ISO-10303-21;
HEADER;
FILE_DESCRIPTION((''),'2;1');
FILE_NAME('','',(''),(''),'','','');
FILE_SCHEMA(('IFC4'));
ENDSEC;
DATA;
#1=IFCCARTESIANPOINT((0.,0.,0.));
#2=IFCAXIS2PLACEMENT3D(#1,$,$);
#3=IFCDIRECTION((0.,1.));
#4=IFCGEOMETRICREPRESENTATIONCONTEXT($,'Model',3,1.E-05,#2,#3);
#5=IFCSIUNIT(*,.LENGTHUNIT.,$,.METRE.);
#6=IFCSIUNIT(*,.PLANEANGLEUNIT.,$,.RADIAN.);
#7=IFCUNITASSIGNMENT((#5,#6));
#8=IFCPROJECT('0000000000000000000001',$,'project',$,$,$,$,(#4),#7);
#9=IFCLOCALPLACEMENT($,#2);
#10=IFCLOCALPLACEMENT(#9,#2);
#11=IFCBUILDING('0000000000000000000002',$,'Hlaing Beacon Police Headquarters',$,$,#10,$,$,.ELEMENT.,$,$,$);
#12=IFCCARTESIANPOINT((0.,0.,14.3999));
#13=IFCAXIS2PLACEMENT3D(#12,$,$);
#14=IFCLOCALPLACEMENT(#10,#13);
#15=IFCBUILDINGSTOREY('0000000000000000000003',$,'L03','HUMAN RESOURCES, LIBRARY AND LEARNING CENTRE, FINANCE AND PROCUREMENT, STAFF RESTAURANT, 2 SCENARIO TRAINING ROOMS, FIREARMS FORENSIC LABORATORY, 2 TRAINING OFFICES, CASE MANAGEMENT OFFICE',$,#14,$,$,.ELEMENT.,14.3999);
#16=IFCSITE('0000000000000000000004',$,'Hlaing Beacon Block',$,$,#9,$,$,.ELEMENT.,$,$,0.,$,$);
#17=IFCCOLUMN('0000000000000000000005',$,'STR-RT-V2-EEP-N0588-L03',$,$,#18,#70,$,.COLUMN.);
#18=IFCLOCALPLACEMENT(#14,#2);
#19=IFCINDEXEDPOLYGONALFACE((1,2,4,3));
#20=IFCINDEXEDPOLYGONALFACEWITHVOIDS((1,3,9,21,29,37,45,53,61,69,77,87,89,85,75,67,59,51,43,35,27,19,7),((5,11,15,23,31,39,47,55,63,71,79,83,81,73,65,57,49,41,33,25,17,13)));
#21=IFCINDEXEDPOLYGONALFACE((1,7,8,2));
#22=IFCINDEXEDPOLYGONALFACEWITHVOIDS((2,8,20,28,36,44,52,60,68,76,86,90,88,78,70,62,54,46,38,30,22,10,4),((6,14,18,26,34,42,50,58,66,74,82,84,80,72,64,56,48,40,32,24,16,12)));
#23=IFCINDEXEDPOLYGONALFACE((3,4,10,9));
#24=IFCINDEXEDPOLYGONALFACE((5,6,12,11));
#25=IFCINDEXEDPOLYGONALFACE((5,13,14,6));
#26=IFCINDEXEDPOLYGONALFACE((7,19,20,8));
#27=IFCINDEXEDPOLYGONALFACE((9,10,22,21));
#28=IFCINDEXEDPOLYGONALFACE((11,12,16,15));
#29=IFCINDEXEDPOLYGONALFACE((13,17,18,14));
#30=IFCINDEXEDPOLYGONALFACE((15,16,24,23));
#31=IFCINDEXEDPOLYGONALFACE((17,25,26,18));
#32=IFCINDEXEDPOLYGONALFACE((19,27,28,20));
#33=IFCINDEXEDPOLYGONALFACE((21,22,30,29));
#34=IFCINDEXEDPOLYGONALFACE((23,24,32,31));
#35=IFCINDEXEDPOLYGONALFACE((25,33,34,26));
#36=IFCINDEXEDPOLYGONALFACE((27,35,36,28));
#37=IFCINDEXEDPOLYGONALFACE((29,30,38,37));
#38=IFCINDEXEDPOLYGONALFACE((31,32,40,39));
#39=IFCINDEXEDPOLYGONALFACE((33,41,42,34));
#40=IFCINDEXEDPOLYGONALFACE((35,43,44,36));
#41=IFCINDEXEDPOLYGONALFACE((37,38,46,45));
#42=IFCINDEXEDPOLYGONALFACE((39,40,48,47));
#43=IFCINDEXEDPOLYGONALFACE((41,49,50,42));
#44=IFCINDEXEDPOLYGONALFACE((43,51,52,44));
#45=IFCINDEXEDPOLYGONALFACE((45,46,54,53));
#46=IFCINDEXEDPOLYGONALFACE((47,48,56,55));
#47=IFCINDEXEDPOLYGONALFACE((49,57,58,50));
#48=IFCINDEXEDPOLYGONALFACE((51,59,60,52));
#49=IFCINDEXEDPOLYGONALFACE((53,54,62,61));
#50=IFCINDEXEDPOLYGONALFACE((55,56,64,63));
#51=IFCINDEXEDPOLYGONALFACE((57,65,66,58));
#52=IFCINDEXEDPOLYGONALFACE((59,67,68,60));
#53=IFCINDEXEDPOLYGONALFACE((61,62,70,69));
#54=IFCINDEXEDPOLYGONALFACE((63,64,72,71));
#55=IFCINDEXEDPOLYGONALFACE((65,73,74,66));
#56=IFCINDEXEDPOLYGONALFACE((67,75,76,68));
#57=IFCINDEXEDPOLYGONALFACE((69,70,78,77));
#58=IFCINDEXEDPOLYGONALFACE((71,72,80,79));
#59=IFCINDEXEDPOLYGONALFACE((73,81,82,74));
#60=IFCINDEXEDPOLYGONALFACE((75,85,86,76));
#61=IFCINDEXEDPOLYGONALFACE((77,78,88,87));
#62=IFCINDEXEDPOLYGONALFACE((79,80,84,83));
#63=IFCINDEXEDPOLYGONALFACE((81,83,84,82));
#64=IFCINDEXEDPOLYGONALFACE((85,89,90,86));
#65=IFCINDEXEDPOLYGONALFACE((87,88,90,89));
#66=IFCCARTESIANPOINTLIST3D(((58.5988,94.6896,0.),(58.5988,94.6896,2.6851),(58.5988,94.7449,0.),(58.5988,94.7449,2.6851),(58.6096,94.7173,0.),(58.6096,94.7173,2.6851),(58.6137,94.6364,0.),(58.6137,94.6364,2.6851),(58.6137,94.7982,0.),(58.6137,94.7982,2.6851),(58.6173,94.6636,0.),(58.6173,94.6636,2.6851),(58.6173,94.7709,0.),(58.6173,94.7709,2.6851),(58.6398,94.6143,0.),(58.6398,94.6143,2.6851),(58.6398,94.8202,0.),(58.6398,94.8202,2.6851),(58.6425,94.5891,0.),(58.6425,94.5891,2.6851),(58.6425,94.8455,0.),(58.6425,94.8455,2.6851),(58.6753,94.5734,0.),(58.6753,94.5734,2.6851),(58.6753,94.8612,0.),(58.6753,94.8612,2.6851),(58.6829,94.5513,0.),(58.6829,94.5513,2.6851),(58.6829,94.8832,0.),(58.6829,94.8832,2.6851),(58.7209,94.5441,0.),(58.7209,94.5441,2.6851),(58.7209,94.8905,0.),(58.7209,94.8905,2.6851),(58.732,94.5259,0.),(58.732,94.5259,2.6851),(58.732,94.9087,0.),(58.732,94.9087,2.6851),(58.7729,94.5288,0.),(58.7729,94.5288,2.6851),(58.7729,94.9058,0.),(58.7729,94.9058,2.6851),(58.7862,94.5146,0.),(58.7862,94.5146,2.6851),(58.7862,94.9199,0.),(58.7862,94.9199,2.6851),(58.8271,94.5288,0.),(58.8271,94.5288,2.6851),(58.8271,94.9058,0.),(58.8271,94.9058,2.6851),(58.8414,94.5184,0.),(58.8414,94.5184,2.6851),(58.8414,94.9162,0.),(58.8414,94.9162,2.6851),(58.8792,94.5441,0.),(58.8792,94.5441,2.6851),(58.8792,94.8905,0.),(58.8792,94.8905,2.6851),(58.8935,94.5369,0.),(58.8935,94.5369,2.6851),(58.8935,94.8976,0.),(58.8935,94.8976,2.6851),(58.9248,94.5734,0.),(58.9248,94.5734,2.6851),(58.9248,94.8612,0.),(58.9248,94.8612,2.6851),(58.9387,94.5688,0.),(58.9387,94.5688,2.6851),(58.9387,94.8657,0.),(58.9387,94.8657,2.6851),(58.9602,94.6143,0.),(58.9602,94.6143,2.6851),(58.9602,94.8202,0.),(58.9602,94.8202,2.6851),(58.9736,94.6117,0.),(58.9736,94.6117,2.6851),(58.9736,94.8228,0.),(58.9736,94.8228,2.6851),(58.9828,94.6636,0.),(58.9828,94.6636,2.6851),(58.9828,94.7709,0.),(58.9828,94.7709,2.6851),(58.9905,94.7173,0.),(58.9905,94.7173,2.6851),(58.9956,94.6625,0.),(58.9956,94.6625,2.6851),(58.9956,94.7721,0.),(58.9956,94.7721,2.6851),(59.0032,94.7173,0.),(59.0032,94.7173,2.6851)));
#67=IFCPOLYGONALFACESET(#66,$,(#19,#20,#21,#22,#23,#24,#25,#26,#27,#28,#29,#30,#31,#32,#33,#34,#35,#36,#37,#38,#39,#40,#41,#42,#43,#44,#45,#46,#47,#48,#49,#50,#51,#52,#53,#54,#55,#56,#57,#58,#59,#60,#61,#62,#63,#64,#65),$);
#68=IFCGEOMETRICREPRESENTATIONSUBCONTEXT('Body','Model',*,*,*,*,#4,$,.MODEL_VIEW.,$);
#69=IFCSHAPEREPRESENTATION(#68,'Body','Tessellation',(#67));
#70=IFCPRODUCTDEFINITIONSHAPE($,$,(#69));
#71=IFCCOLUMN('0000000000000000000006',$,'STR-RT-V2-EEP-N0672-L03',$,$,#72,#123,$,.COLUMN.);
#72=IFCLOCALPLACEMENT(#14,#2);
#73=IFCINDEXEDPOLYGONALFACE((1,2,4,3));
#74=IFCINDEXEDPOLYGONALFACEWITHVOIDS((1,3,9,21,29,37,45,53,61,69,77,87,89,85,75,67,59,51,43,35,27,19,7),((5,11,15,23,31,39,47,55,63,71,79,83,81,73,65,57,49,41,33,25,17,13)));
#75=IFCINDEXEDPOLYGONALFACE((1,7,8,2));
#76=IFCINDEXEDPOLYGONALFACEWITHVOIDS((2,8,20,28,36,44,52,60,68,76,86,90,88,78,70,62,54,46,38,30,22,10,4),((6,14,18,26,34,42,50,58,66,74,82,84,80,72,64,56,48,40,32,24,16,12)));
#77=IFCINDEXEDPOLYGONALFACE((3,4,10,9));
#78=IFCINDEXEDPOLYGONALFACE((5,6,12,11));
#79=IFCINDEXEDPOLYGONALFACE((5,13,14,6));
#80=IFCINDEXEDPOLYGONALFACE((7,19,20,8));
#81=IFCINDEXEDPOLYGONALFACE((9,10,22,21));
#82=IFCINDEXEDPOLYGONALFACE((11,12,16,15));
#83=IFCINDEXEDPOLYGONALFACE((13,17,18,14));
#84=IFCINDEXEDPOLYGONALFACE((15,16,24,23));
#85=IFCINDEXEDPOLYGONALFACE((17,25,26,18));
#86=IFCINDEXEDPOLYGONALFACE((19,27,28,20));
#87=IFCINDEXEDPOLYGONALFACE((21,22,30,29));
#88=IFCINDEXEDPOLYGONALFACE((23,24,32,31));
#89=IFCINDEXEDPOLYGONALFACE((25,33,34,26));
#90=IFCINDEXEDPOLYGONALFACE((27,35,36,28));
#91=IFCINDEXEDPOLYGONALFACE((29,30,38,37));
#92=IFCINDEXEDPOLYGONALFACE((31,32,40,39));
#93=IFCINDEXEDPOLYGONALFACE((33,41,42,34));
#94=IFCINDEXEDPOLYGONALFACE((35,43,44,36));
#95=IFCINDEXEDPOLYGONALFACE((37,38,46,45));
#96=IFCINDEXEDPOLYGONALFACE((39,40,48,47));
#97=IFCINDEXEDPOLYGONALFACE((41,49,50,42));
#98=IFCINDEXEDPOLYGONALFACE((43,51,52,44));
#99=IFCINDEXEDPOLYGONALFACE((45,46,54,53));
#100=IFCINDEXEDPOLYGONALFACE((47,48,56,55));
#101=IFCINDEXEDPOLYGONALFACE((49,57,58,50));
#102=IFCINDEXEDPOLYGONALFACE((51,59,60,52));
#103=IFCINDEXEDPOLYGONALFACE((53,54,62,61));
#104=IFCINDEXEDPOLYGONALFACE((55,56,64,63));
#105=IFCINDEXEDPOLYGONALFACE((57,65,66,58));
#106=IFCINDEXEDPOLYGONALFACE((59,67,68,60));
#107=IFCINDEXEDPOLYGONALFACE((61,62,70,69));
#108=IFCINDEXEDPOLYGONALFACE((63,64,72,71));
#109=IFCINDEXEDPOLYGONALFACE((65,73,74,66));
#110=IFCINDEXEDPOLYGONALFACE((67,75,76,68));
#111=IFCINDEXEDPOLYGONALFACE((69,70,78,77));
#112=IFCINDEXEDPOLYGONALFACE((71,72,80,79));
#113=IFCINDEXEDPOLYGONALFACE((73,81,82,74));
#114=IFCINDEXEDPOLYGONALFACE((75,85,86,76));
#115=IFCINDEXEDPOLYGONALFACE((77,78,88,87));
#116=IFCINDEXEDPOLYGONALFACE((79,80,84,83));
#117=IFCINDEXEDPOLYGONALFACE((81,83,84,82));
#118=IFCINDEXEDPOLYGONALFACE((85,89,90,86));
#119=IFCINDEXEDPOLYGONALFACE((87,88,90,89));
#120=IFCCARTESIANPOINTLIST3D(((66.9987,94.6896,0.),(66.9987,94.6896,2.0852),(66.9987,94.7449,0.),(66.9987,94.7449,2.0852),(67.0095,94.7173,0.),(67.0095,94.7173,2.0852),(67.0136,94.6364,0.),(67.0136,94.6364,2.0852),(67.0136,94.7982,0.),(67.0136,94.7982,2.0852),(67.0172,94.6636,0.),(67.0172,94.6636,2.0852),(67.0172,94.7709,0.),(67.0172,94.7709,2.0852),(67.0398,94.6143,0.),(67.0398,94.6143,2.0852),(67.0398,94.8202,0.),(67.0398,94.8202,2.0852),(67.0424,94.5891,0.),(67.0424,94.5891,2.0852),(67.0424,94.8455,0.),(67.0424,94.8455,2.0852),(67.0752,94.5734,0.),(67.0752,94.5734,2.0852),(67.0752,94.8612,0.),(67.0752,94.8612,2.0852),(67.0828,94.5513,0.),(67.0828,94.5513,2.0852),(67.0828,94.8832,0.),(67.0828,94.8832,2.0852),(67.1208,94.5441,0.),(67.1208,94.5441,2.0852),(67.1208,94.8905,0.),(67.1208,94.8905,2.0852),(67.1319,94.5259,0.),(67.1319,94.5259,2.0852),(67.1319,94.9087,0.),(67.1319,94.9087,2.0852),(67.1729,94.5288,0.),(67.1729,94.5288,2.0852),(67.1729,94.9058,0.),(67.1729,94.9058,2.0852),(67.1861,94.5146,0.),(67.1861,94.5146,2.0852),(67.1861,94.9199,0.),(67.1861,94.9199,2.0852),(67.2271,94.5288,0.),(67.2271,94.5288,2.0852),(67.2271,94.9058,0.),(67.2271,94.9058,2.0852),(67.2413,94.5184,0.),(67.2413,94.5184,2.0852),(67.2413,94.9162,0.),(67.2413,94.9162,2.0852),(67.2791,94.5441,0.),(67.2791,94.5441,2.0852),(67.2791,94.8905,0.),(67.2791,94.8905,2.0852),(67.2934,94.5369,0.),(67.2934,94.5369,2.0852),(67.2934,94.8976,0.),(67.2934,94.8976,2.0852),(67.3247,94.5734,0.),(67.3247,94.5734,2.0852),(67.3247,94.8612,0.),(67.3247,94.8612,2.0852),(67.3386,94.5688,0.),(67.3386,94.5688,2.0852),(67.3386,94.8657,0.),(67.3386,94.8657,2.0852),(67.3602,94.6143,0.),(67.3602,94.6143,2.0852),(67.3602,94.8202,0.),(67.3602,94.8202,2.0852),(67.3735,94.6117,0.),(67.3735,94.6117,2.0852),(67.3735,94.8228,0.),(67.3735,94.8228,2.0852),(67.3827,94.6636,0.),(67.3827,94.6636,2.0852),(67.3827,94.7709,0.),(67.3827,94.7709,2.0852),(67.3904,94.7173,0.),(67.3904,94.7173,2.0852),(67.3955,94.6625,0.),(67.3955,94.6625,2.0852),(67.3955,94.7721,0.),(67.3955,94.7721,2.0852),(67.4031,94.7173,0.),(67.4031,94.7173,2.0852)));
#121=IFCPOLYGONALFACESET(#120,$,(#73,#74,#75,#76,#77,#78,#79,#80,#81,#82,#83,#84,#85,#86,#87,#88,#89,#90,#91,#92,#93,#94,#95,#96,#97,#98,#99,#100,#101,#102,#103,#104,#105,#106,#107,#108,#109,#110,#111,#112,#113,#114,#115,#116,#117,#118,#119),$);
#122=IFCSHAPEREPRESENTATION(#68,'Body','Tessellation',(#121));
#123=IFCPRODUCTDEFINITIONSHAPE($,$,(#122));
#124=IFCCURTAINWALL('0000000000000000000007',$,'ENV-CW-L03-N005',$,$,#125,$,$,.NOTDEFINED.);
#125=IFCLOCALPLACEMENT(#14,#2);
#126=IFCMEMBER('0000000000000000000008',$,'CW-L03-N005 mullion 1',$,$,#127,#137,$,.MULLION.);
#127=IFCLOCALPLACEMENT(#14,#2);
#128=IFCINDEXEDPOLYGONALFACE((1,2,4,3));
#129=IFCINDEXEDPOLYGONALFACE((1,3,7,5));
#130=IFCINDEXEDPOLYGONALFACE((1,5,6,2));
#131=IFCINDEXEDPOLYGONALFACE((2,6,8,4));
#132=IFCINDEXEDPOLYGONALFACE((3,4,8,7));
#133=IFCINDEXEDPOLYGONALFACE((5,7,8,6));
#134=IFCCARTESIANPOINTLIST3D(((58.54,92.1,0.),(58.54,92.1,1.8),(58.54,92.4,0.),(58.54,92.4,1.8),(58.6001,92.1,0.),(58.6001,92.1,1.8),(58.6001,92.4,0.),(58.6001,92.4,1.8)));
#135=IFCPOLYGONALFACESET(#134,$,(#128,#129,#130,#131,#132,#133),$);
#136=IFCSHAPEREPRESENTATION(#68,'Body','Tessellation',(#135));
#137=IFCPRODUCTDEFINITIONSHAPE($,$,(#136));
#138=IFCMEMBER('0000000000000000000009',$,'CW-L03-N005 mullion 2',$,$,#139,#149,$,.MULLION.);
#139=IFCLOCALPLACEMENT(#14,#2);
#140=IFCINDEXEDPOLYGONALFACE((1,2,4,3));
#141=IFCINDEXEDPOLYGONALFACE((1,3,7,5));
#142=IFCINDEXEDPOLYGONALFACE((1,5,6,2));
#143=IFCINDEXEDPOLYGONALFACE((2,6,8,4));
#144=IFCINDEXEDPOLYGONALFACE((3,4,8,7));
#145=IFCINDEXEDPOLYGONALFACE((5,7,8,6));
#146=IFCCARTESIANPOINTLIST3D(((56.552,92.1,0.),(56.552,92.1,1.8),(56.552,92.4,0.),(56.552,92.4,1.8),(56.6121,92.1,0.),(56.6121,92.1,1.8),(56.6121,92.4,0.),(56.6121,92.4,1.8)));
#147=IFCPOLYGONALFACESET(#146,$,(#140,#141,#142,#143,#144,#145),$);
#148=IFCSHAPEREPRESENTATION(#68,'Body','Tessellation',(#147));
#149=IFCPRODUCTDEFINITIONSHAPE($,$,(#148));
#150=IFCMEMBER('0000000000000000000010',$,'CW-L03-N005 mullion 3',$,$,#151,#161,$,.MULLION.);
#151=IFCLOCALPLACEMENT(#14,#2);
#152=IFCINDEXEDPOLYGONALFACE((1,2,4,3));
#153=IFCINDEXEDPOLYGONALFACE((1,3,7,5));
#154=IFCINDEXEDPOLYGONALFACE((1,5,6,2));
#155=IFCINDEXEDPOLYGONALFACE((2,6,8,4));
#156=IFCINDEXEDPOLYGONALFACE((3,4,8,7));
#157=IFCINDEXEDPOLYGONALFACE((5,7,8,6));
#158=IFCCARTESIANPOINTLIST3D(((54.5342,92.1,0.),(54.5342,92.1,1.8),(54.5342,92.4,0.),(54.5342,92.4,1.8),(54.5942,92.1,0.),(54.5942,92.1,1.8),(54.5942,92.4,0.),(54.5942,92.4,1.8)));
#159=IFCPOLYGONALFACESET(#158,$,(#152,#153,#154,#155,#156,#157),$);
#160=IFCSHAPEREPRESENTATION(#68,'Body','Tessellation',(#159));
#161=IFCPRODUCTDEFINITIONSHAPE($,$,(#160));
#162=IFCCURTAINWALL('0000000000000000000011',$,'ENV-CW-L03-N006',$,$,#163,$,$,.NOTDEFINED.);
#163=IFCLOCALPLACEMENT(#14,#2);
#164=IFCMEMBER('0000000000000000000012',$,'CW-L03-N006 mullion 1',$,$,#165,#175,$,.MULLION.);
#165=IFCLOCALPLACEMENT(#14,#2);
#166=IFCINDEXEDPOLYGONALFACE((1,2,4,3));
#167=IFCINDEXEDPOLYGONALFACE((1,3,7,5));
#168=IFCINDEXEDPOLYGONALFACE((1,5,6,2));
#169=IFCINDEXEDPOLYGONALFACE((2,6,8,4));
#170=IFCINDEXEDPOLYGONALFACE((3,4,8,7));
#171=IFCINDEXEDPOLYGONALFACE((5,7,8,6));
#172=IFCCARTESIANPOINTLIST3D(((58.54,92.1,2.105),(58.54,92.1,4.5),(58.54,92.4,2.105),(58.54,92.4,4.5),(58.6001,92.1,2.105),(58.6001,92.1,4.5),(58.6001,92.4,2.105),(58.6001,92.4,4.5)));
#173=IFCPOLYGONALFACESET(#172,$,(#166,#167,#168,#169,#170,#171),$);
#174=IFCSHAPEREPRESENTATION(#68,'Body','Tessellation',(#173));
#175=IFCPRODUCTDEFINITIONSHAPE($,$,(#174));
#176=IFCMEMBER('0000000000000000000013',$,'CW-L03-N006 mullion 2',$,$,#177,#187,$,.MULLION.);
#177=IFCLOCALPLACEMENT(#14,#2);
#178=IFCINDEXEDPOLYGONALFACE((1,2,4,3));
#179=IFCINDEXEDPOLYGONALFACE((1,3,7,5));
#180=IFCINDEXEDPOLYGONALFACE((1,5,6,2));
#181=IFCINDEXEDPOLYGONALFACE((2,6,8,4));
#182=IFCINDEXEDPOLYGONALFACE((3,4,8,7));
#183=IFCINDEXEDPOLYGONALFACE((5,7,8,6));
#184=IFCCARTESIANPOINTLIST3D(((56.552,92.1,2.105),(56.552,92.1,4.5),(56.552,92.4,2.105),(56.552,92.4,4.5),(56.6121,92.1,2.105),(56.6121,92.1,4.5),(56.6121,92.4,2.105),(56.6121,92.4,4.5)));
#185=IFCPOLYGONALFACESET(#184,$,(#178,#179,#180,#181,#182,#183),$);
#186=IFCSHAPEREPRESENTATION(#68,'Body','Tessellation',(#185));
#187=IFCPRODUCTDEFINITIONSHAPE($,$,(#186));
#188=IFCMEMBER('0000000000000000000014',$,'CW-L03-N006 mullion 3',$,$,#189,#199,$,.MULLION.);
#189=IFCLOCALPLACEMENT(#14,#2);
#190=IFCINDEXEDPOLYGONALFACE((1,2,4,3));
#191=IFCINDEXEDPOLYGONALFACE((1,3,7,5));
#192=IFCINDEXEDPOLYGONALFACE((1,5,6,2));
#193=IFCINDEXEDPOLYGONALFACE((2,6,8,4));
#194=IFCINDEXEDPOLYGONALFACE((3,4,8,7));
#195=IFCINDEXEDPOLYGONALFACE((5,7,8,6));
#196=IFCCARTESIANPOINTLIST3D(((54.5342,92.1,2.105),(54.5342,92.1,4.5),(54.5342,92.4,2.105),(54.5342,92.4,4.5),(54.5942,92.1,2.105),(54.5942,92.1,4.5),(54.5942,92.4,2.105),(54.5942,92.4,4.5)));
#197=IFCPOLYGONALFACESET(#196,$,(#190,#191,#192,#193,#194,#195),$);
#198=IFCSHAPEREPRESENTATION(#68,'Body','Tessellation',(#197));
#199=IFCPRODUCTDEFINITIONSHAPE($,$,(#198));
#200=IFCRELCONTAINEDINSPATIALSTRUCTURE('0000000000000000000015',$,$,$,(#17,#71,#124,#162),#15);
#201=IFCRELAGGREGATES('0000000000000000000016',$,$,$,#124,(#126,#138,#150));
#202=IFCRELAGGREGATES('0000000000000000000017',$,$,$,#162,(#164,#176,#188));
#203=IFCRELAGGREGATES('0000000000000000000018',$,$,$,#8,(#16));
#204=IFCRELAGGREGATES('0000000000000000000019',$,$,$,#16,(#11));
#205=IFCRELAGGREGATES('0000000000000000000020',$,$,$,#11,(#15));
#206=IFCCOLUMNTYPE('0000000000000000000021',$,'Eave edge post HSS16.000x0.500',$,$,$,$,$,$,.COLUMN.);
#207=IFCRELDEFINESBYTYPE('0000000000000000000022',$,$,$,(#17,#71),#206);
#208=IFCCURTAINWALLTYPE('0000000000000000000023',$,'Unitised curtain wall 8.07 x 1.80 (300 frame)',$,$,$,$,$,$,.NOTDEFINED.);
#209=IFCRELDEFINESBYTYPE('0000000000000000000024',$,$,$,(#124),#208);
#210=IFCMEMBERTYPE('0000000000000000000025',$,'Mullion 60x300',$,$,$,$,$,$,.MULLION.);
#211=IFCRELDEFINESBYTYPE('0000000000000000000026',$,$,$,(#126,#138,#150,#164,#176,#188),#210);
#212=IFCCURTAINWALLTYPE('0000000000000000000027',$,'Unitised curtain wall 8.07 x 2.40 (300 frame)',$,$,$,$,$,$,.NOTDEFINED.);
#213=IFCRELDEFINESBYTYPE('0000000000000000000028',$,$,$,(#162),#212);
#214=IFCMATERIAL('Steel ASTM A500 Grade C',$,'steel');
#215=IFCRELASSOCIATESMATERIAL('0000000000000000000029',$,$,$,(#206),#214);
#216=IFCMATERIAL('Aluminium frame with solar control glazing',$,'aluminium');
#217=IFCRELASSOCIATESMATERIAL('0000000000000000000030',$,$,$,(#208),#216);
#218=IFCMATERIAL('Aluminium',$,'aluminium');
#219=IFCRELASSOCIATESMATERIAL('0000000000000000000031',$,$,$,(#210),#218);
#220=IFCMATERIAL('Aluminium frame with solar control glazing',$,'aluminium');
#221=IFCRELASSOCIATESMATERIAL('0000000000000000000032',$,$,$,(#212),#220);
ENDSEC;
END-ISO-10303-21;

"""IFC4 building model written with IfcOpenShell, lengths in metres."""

from ifc_helpers import new_model, si_unit, direction, frame, origin, origin_2d, place, context, subcontext, project, spatial, rectangle, hollow_circle, extrude, material, material_profile, profile_set, type_object, element, aggregate, save


model = new_model("IFC4")

# Units and contexts
model_context = context("Model", 3, precision=1e-05, world=origin(), true_north=direction((0.0, 1.0)))
body_context = subcontext(model_context, "Body", "Model", "MODEL_VIEW")
ifc_project = project(units=[si_unit("LENGTHUNIT", "METRE"), si_unit("PLANEANGLEUNIT", "RADIAN")], contexts=[model_context])

# Site, building, storey
site_placement = place(None, origin())
site = spatial("IfcSite", under=ifc_project, at=site_placement, Name="Hlaing Beacon Block", CompositionType="ELEMENT", RefElevation=0.0)
building_placement = place(site_placement, origin())
building = spatial("IfcBuilding", under=site, at=building_placement, Name="Hlaing Beacon Police Headquarters", CompositionType="ELEMENT")
storey_placement = place(building_placement, frame((0.0, 0.0, 14.3999)))
storey = spatial("IfcBuildingStorey", under=building, at=storey_placement, Name="L03", Description="HUMAN RESOURCES, LIBRARY AND LEARNING CENTRE, FINANCE AND PROCUREMENT, STAFF RESTAURANT, 2 SCENARIO TRAINING ROOMS, FIREARMS FORENSIC LABORATORY, 2 TRAINING OFFICES, CASE MANAGEMENT OFFICE", CompositionType="ELEMENT", Elevation=14.3999)

# Columns
ifc_material_1 = material(Name="Steel ASTM A500 Grade C", Category="steel")
ifc_material_profile_1 = material_profile(ifc_material_1, hollow_circle(Radius=0.2031, WallThickness=0.0127, at=origin_2d()), Name="HSS16.000x0.500")
ifc_profile_set_1 = profile_set([ifc_material_profile_1], Name="Steel ASTM A500 Grade C")
column_type = type_object("IfcColumnType", Name="Eave edge post HSS16.000x0.500", PredefinedType="COLUMN", material=ifc_profile_set_1)
column_1_placement = place(storey_placement, frame((58.8, 94.7173, 0.0), z_axis=(0.0, 0.0, 1.0), x_axis=(1.0, 0.0, 0.0)))
element("IfcColumn", 1, at=column_1_placement, inside=storey, type_object=column_type, Name="STR-RT-V2-EEP-N0588-L03", PredefinedType="COLUMN", context=body_context, shape_type="SweptSolid", body=[
    extrude(hollow_circle(Radius=0.2031, WallThickness=0.0127, at=origin_2d()), origin(), (0.0, 0.0, 1.0), 2.6851),
])
column_2_placement = place(storey_placement, frame((67.2, 94.7173, 0.0), z_axis=(0.0, 0.0, 1.0), x_axis=(1.0, 0.0, 0.0)))
element("IfcColumn", 2, at=column_2_placement, inside=storey, type_object=column_type, Name="STR-RT-V2-EEP-N0672-L03", PredefinedType="COLUMN", context=body_context, shape_type="SweptSolid", body=[
    extrude(hollow_circle(Radius=0.2031, WallThickness=0.0127, at=origin_2d()), origin(), (0.0, 0.0, 1.0), 2.0852),
])

# Curtain walls, members
ifc_material_2 = material(Name="Aluminium frame with solar control glazing", Category="aluminium")
curtain_wall_type_1 = type_object("IfcCurtainWallType", Name="Unitised curtain wall 8.07 x 1.80 (300 frame)", PredefinedType="NOTDEFINED", material=ifc_material_2)
curtain_wall_1_placement = place(storey_placement, origin())
curtain_wall_1 = element("IfcCurtainWall", 3, at=curtain_wall_1_placement, inside=storey, type_object=curtain_wall_type_1, Name="ENV-CW-L03-N005", PredefinedType="NOTDEFINED")
ifc_material_3 = material(Name="Aluminium", Category="aluminium")
ifc_material_profile_2 = material_profile(ifc_material_3, rectangle(XDim=0.3, YDim=0.0601, at=origin_2d()), Name="Mullion 60x300")
ifc_profile_set_2 = profile_set([ifc_material_profile_2], Name="Aluminium")
member_type_1 = type_object("IfcMemberType", Name="Mullion 60x300", PredefinedType="MULLION", material=ifc_profile_set_2)
member_1_placement = place(storey_placement, frame((58.5701, 92.25, 0.0), z_axis=(0.0, 0.0, 1.0), x_axis=(0.0, -1.0, 0.0)))
member_1 = element("IfcMember", 4, at=member_1_placement, type_object=member_type_1, Name="CW-L03-N005 mullion 1", PredefinedType="MULLION", context=body_context, shape_type="SweptSolid", body=[
    extrude(rectangle(XDim=0.3, YDim=0.0601, at=origin_2d()), origin(), (0.0, 0.0, 1.0), 1.8),
])
member_2_placement = place(storey_placement, frame((56.582, 92.25, 0.0), z_axis=(0.0, 0.0, 1.0), x_axis=(0.0, -1.0, 0.0)))
member_2 = element("IfcMember", 5, at=member_2_placement, type_object=member_type_1, Name="CW-L03-N005 mullion 2", PredefinedType="MULLION", context=body_context, shape_type="SweptSolid", body=[
    extrude(rectangle(XDim=0.3, YDim=0.0601, at=origin_2d()), origin(), (0.0, 0.0, 1.0), 1.8),
])
member_3_placement = place(storey_placement, frame((54.5642, 92.25, 0.0), z_axis=(0.0, 0.0, 1.0), x_axis=(0.0, -1.0, 0.0)))
member_3 = element("IfcMember", 6, at=member_3_placement, type_object=member_type_1, Name="CW-L03-N005 mullion 3", PredefinedType="MULLION", context=body_context, shape_type="SweptSolid", body=[
    extrude(rectangle(XDim=0.3, YDim=0.0601, at=origin_2d()), origin(), (0.0, 0.0, 1.0), 1.8),
])
ifc_material_4 = material(Name="Aluminium frame with solar control glazing", Category="aluminium")
curtain_wall_type_2 = type_object("IfcCurtainWallType", Name="Unitised curtain wall 8.07 x 2.40 (300 frame)", PredefinedType="NOTDEFINED", material=ifc_material_4)
curtain_wall_2_placement = place(storey_placement, origin())
curtain_wall_2 = element("IfcCurtainWall", 7, at=curtain_wall_2_placement, inside=storey, type_object=curtain_wall_type_2, Name="ENV-CW-L03-N006", PredefinedType="NOTDEFINED")
member_4_placement = place(storey_placement, frame((58.5701, 92.25, 2.105), z_axis=(0.0, 0.0, 1.0), x_axis=(0.0, -1.0, 0.0)))
member_4 = element("IfcMember", 8, at=member_4_placement, type_object=member_type_1, Name="CW-L03-N006 mullion 1", PredefinedType="MULLION", context=body_context, shape_type="SweptSolid", body=[
    extrude(rectangle(XDim=0.3, YDim=0.0601, at=origin_2d()), origin(), (0.0, 0.0, 1.0), 2.395),
])
member_5_placement = place(storey_placement, frame((56.582, 92.25, 2.105), z_axis=(0.0, 0.0, 1.0), x_axis=(0.0, -1.0, 0.0)))
member_5 = element("IfcMember", 9, at=member_5_placement, type_object=member_type_1, Name="CW-L03-N006 mullion 2", PredefinedType="MULLION", context=body_context, shape_type="SweptSolid", body=[
    extrude(rectangle(XDim=0.3, YDim=0.0601, at=origin_2d()), origin(), (0.0, 0.0, 1.0), 2.395),
])
member_6_placement = place(storey_placement, frame((54.5642, 92.25, 2.105), z_axis=(0.0, 0.0, 1.0), x_axis=(0.0, -1.0, 0.0)))
member_6 = element("IfcMember", 10, at=member_6_placement, type_object=member_type_1, Name="CW-L03-N006 mullion 3", PredefinedType="MULLION", context=body_context, shape_type="SweptSolid", body=[
    extrude(rectangle(XDim=0.3, YDim=0.0601, at=origin_2d()), origin(), (0.0, 0.0, 1.0), 2.395),
])

aggregate(curtain_wall_1, [member_1, member_2, member_3])
aggregate(curtain_wall_2, [member_4, member_5, member_6])

save(model, "model.ifc")
